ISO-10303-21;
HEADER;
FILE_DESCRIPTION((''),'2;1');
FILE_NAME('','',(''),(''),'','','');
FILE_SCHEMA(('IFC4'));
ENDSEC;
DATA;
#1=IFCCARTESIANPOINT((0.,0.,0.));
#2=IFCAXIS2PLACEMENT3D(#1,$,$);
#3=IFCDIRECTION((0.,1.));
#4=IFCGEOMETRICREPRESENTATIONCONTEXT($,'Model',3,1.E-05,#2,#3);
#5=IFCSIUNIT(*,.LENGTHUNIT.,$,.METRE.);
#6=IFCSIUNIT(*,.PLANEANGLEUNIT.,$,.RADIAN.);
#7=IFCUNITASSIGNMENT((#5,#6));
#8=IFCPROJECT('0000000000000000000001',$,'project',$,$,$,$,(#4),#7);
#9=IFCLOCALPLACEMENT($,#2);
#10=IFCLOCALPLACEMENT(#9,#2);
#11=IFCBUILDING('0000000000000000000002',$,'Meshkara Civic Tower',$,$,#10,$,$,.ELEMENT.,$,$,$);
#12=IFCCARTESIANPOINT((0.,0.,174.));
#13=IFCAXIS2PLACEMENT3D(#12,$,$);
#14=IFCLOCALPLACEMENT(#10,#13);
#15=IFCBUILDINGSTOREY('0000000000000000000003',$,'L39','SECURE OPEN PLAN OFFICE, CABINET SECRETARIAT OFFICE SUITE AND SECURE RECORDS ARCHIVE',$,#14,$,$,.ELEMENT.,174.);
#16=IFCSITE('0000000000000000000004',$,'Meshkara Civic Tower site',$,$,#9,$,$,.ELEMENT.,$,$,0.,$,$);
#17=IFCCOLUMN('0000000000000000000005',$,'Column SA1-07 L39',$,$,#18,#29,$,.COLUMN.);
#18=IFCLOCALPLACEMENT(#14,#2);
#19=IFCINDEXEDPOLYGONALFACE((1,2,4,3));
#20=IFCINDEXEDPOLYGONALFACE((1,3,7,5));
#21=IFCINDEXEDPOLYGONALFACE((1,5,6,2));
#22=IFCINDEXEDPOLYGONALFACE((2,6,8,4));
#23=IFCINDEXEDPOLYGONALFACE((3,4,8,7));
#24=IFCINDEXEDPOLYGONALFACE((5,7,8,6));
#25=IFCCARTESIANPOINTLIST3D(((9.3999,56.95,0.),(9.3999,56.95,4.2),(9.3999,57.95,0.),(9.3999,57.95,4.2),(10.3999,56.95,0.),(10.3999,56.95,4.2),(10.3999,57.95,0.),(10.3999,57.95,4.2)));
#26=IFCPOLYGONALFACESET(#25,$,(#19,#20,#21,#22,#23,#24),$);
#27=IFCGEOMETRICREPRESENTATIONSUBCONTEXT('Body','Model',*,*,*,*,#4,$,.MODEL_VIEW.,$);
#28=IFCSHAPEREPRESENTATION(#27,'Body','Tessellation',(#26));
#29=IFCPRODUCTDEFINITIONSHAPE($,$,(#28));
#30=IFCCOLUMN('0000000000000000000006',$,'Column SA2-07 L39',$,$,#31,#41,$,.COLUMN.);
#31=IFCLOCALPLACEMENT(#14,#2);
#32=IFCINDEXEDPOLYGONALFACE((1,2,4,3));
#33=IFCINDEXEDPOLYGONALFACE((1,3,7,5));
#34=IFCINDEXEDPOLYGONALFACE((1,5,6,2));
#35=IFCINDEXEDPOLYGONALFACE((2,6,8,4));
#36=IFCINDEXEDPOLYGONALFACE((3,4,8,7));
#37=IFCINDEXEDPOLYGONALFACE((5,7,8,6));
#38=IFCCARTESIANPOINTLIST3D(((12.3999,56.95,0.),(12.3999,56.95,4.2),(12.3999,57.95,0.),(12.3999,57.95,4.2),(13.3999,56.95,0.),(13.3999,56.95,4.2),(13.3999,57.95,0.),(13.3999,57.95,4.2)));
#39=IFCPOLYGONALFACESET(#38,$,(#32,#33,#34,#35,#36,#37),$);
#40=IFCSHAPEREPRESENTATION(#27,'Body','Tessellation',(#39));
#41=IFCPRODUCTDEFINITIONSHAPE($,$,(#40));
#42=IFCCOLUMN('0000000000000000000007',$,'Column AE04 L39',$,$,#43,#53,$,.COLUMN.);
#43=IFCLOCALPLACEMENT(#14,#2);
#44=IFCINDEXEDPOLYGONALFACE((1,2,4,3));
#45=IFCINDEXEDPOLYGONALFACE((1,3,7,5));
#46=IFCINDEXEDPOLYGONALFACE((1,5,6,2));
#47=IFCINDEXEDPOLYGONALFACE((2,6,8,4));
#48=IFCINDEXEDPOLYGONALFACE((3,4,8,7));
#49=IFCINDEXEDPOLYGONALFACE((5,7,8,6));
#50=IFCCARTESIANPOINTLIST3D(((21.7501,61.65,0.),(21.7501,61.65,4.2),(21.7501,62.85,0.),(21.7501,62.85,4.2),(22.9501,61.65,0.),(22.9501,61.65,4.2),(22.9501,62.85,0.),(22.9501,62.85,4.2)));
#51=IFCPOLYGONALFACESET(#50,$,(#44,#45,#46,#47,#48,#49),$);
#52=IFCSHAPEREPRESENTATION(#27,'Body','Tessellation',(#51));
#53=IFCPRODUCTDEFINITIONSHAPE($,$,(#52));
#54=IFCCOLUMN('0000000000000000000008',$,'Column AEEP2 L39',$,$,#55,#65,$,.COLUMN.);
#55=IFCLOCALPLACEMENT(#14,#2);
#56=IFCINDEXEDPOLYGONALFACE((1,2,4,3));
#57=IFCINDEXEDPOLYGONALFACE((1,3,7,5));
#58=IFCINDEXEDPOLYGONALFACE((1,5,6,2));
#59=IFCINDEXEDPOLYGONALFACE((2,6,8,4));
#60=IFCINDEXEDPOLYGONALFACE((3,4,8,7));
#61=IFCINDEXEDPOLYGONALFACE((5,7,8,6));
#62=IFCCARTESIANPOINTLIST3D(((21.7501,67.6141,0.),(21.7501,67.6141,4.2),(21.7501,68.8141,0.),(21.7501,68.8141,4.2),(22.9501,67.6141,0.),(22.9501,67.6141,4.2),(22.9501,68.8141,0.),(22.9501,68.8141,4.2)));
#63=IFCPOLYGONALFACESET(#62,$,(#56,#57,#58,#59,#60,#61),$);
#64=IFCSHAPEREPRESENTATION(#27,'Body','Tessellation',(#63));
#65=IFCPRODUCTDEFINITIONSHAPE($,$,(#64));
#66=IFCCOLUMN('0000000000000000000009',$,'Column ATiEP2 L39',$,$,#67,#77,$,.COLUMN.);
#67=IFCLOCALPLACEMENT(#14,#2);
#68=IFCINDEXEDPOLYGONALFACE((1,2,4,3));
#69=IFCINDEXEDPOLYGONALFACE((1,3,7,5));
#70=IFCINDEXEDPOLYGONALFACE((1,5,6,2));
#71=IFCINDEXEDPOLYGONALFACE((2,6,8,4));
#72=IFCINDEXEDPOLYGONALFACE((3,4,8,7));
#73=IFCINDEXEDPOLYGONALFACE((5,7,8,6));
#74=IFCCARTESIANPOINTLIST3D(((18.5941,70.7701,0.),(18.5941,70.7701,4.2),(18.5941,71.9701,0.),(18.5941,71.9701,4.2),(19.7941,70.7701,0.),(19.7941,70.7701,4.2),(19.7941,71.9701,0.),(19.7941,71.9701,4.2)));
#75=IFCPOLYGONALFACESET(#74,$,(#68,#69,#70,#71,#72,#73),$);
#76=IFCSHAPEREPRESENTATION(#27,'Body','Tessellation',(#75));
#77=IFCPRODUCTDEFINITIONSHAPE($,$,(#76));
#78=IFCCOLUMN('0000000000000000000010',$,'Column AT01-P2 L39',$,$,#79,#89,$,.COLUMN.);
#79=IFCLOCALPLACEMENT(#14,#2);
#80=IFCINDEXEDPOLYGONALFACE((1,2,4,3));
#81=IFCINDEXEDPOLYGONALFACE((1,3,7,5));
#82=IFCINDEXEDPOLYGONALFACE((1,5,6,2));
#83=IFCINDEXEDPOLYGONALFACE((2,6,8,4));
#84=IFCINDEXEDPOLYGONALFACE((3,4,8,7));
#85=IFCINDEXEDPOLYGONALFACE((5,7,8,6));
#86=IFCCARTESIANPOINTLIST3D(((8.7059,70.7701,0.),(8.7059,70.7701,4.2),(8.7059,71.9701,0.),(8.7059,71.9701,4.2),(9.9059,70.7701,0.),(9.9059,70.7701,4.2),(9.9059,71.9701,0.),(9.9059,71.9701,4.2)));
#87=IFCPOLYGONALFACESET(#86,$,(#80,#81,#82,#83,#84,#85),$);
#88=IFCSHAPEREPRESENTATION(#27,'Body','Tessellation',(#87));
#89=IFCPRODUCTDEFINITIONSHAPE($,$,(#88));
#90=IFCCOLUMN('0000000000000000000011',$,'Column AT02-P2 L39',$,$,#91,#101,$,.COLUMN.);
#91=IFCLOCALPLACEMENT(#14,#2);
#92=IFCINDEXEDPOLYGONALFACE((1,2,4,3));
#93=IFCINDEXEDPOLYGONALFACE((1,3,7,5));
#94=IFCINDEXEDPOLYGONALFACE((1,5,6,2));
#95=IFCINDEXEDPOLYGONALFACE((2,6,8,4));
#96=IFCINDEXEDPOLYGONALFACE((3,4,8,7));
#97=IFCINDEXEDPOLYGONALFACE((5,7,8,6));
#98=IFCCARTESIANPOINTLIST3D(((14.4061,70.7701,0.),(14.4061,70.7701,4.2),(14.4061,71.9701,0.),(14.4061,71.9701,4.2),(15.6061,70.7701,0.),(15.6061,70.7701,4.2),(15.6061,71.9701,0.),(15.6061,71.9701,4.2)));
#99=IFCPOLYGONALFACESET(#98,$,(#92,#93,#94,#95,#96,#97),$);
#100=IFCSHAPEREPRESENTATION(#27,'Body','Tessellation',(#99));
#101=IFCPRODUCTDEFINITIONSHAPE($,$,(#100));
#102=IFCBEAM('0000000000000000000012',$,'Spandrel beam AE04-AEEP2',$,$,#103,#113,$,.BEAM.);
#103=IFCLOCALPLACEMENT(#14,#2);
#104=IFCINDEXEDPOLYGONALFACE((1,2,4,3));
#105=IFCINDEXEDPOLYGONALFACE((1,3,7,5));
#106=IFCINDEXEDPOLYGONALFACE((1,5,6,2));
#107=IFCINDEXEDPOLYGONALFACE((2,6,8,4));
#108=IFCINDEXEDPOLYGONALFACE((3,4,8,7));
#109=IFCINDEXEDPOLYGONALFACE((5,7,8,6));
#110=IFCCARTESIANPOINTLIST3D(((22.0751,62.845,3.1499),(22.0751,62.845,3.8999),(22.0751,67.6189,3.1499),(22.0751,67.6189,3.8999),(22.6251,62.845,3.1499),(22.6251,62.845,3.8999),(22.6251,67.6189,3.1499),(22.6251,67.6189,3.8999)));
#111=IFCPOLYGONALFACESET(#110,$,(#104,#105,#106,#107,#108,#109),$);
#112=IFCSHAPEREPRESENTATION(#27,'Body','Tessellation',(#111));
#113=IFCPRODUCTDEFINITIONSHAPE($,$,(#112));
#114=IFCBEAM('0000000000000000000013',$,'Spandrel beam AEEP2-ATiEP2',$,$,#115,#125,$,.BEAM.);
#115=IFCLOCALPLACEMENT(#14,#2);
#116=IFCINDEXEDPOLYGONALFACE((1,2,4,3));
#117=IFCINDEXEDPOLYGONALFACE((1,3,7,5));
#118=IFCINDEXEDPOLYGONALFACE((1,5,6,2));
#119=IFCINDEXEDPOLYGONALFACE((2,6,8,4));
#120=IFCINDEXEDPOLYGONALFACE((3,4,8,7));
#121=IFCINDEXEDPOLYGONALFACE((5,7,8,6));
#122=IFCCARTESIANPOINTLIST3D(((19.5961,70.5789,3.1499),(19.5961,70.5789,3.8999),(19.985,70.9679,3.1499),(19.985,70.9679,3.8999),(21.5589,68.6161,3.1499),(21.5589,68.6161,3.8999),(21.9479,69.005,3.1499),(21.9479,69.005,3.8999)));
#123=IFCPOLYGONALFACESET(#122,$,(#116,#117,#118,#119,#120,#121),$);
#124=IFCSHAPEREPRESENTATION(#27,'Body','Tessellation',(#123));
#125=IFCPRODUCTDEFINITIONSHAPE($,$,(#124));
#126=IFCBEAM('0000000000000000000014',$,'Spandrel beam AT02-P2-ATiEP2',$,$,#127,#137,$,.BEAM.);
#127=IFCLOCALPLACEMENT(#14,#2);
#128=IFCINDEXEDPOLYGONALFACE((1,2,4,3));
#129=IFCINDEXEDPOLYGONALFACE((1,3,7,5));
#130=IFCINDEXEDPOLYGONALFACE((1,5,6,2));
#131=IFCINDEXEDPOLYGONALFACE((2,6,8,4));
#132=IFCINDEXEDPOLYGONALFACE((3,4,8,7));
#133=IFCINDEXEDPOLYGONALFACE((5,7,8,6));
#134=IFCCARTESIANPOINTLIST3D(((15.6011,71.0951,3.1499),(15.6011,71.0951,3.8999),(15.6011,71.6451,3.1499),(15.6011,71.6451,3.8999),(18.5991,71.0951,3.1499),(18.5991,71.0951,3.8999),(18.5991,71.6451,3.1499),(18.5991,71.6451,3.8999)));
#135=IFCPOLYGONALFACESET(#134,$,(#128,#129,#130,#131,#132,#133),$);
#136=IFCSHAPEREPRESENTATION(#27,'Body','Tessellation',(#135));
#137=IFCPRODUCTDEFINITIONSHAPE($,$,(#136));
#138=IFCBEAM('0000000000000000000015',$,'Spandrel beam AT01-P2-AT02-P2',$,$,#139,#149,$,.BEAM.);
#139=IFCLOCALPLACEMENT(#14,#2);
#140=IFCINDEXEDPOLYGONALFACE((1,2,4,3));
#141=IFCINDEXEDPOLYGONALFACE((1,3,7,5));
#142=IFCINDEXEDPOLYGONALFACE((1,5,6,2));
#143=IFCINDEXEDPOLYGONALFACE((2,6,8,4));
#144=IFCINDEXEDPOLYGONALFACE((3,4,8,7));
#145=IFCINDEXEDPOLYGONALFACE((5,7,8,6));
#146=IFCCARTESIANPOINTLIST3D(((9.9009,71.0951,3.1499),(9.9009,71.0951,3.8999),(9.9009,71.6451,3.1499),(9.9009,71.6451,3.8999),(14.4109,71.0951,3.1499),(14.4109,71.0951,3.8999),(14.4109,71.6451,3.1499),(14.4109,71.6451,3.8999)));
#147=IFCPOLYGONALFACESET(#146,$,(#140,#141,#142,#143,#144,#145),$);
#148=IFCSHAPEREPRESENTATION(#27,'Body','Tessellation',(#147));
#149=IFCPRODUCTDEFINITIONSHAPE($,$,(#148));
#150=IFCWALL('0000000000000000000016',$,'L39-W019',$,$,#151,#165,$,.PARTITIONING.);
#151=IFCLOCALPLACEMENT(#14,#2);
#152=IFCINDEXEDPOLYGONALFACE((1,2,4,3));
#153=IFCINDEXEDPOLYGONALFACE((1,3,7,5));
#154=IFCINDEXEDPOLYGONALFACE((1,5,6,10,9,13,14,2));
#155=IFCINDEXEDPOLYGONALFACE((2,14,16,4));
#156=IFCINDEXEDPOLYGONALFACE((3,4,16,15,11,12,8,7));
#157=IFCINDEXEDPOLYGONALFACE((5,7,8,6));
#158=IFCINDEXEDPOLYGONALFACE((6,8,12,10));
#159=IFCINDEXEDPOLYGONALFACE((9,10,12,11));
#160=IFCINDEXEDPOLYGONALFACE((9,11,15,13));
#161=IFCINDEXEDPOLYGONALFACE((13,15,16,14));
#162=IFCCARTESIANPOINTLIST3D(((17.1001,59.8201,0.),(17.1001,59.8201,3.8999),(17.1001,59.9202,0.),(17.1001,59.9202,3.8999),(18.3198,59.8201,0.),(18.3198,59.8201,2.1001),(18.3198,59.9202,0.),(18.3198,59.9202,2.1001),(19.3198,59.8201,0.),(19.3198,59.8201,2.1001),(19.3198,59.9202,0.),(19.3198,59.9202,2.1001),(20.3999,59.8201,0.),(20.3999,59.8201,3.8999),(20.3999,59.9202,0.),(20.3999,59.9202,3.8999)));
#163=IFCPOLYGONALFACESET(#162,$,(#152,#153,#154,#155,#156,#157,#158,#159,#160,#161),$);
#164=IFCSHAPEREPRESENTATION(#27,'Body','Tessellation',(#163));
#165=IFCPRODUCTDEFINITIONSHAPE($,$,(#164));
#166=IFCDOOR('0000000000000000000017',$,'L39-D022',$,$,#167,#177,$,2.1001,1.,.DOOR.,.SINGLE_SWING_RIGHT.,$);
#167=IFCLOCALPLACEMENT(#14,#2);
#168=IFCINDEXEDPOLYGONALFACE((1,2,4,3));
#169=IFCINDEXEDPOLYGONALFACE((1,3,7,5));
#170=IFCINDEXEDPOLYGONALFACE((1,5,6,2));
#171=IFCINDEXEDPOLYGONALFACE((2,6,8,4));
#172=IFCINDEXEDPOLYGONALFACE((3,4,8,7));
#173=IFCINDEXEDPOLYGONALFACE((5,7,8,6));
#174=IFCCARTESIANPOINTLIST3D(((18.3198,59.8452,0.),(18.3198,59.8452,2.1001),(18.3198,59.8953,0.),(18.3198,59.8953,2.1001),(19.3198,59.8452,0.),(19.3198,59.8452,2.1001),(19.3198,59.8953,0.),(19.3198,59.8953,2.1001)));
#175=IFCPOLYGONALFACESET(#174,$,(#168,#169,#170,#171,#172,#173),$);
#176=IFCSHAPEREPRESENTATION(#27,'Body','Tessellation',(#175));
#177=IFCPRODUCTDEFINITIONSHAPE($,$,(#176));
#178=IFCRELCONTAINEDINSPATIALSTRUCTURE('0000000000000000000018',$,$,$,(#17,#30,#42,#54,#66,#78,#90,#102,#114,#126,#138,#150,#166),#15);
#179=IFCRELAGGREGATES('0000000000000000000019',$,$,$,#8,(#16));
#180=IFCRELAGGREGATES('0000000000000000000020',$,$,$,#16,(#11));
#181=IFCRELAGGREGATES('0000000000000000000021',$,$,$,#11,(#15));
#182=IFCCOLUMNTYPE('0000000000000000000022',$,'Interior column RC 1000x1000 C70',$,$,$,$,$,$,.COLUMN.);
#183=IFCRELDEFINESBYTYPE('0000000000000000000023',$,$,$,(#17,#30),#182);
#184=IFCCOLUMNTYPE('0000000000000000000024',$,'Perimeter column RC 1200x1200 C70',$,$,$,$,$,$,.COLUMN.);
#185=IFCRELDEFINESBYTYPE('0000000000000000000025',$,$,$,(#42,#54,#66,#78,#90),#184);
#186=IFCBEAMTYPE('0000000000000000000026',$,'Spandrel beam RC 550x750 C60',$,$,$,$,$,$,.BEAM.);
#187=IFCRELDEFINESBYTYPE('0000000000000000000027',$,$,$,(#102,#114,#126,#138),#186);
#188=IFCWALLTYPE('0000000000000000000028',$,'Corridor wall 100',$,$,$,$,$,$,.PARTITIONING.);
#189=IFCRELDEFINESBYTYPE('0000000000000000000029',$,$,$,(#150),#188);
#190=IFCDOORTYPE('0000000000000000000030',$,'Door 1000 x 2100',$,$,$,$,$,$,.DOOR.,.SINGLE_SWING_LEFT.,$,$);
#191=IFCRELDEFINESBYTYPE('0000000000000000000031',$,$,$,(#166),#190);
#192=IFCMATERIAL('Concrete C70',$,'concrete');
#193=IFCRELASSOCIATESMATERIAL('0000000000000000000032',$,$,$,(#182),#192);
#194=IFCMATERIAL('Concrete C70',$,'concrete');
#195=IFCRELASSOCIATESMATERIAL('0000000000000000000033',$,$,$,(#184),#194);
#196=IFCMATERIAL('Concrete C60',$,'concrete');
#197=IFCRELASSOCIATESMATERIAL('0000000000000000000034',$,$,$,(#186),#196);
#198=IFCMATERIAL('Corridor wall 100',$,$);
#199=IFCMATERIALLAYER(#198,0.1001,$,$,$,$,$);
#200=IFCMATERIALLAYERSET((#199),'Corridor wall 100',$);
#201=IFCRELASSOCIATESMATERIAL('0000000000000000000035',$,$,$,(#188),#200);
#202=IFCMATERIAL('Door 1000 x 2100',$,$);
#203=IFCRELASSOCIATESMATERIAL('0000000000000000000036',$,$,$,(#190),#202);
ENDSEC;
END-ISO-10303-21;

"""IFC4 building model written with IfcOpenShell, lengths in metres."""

from ifc_helpers import new_model, si_unit, direction, frame, frame_2d, origin, origin_2d, place, context, subcontext, project, spatial, rectangle, extrude, material, layer, layer_set, material_profile, profile_set, type_object, element, fill, save


model = new_model("IFC4")

# Units and contexts
model_context = context("Model", 3, precision=1e-05, world=origin(), true_north=direction((0.0, 1.0)))
body_context = subcontext(model_context, "Body", "Model", "MODEL_VIEW")
ifc_project = project(units=[si_unit("LENGTHUNIT", "METRE"), si_unit("PLANEANGLEUNIT", "RADIAN")], contexts=[model_context])

# Site, building, storey
site_placement = place(None, origin())
site = spatial("IfcSite", under=ifc_project, at=site_placement, Name="Meshkara Civic Tower site", CompositionType="ELEMENT", RefElevation=0.0)
building_placement = place(site_placement, origin())
building = spatial("IfcBuilding", under=site, at=building_placement, Name="Meshkara Civic Tower", CompositionType="ELEMENT")
storey_placement = place(building_placement, frame((0.0, 0.0, 174.0)))
storey = spatial("IfcBuildingStorey", under=building, at=storey_placement, Name="L39", Description="SECURE OPEN PLAN OFFICE, CABINET SECRETARIAT OFFICE SUITE AND SECURE RECORDS ARCHIVE", CompositionType="ELEMENT", Elevation=174.0)

# Columns
ifc_material_1 = material(Name="Concrete C70", Category="concrete")
ifc_material_profile_1 = material_profile(ifc_material_1, rectangle(XDim=1.0, YDim=1.0, at=origin_2d()))
ifc_profile_set_1 = profile_set([ifc_material_profile_1], Name="Concrete C70")
column_type_1 = type_object("IfcColumnType", Name="Interior column RC 1000x1000 C70", PredefinedType="COLUMN", material=ifc_profile_set_1)
for number, where, z_axis, x_axis, name in (
    (1, (9.8999, 57.45, 0.0), (0.0, 0.0, 1.0), (1.0, 0.0, 0.0), "Column SA1-07 L39"),
    (2, (12.8999, 57.45, 0.0), (0.0, 0.0, 1.0), (1.0, 0.0, 0.0), "Column SA2-07 L39"),
):
    element("IfcColumn", number, at=place(storey_placement, frame(where, z_axis=z_axis, x_axis=x_axis)), inside=storey, type_object=column_type_1, Name=name, PredefinedType="COLUMN", context=body_context, shape_type="SweptSolid", body=[
        extrude(rectangle(XDim=1.0, YDim=1.0, at=origin_2d()), origin(), (0.0, 0.0, 1.0), 4.2),
    ])
ifc_material_2 = material(Name="Concrete C70", Category="concrete")
ifc_material_profile_2 = material_profile(ifc_material_2, rectangle(XDim=1.2, YDim=1.2, at=origin_2d()))
ifc_profile_set_2 = profile_set([ifc_material_profile_2], Name="Concrete C70")
column_type_2 = type_object("IfcColumnType", Name="Perimeter column RC 1200x1200 C70", PredefinedType="COLUMN", material=ifc_profile_set_2)
for number, where, z_axis, x_axis, name in (
    (3, (22.3501, 62.25, 0.0), (0.0, 0.0, 1.0), (1.0, 0.0, 0.0), "Column AE04 L39"),
    (4, (22.3501, 68.2141, 0.0), (0.0, 0.0, 1.0), (1.0, 0.0, 0.0), "Column AEEP2 L39"),
    (5, (19.1941, 71.3701, 0.0), (0.0, 0.0, 1.0), (1.0, 0.0, 0.0), "Column ATiEP2 L39"),
    (6, (9.3059, 71.3701, 0.0), (0.0, 0.0, 1.0), (1.0, 0.0, 0.0), "Column AT01-P2 L39"),
    (7, (15.0061, 71.3701, 0.0), (0.0, 0.0, 1.0), (1.0, 0.0, 0.0), "Column AT02-P2 L39"),
):
    element("IfcColumn", number, at=place(storey_placement, frame(where, z_axis=z_axis, x_axis=x_axis)), inside=storey, type_object=column_type_2, Name=name, PredefinedType="COLUMN", context=body_context, shape_type="SweptSolid", body=[
        extrude(rectangle(XDim=1.2, YDim=1.2, at=origin_2d()), origin(), (0.0, 0.0, 1.0), 4.2),
    ])

# Beams
ifc_material_3 = material(Name="Concrete C60", Category="concrete")
ifc_material_profile_3 = material_profile(ifc_material_3, rectangle(XDim=0.55, YDim=0.75, at=origin_2d()))
ifc_profile_set_3 = profile_set([ifc_material_profile_3], Name="Concrete C60")
beam_type = type_object("IfcBeamType", Name="Spandrel beam RC 550x750 C60", PredefinedType="BEAM", material=ifc_profile_set_3)
beam_1_placement = place(storey_placement, frame((22.3501, 62.845, 3.5249), z_axis=(0.0, 1.0, 0.0), x_axis=(-1.0, 0.0, 0.0)))
element("IfcBeam", 8, at=beam_1_placement, inside=storey, type_object=beam_type, Name="Spandrel beam AE04-AEEP2", PredefinedType="BEAM", context=body_context, shape_type="SweptSolid", body=[
    extrude(rectangle(XDim=0.55, YDim=0.75, at=origin_2d()), origin(), (0.0, 0.0, 1.0), 4.7739),
])
beam_2_placement = place(storey_placement, frame((21.7534, 68.8105, 3.5249), z_axis=(-0.707107, 0.707107, 0.0), x_axis=(-0.707107, -0.707107, 0.0)))
element("IfcBeam", 9, at=beam_2_placement, inside=storey, type_object=beam_type, Name="Spandrel beam AEEP2-ATiEP2", PredefinedType="BEAM", context=body_context, shape_type="SweptSolid", body=[
    extrude(rectangle(XDim=0.55, YDim=0.75, at=origin_2d()), origin(), (0.0, 0.0, 1.0), 2.7759),
])
beam_3_placement = place(storey_placement, frame((18.5991, 71.3701, 3.5249), z_axis=(-1.0, 0.0, 0.0), x_axis=(0.0, -1.0, 0.0)))
element("IfcBeam", 10, at=beam_3_placement, inside=storey, type_object=beam_type, Name="Spandrel beam AT02-P2-ATiEP2", PredefinedType="BEAM", context=body_context, shape_type="SweptSolid", body=[
    extrude(rectangle(XDim=0.55, YDim=0.75, at=origin_2d()), origin(), (0.0, 0.0, 1.0), 2.998),
])
beam_4_placement = place(storey_placement, frame((14.4109, 71.3701, 3.5249), z_axis=(-1.0, 0.0, 0.0), x_axis=(0.0, -1.0, 0.0)))
element("IfcBeam", 11, at=beam_4_placement, inside=storey, type_object=beam_type, Name="Spandrel beam AT01-P2-AT02-P2", PredefinedType="BEAM", context=body_context, shape_type="SweptSolid", body=[
    extrude(rectangle(XDim=0.55, YDim=0.75, at=origin_2d()), origin(), (0.0, 0.0, 1.0), 4.51),
])

# Wall, opening, door
ifc_material_4 = material(Name="Corridor wall 100")
ifc_layer_1 = layer(ifc_material_4, 0.1001)
ifc_layer_set_1 = layer_set([ifc_layer_1], Name="Corridor wall 100")
wall_type_1 = type_object("IfcWallType", Name="Corridor wall 100", PredefinedType="PARTITIONING", material=ifc_layer_set_1)
wall_1_placement = place(storey_placement, frame((20.3999, 59.8701, 0.0), z_axis=(0.0, 0.0, 1.0), x_axis=(-1.0, 0.0, 0.0)))
wall_1 = element("IfcWall", 12, at=wall_1_placement, inside=storey, type_object=wall_type_1, Name="L39-W019", PredefinedType="PARTITIONING", context=body_context, shape_type="SweptSolid", body=[
    extrude(rectangle(XDim=3.2998, YDim=0.1001, at=frame_2d((1.6499, 0.0))), origin(), (0.0, 0.0, 1.0), 3.8999),
])
opening_1_placement = place(wall_1_placement, frame((1.0801, 0.0, 0.0)))
opening_1 = element("IfcOpeningElement", 13, at=opening_1_placement, cuts=wall_1, PredefinedType="OPENING", context=body_context, shape_type="SweptSolid", body=[
    extrude(rectangle(XDim=1.0, YDim=2.1001, at=frame_2d((0.5, 1.05))), frame((0.0, 0.0601, 0.0), z_axis=(0.0, -1.0, 0.0), x_axis=(1.0, 0.0, 0.0)), (0.0, 0.0, 1.0), 0.1201),
])
ifc_material_5 = material(Name="Door 1000 x 2100")
door_type_1 = type_object("IfcDoorType", Name="Door 1000 x 2100", OperationType="SINGLE_SWING_LEFT", PredefinedType="DOOR", material=ifc_material_5)
door_1_placement = place(opening_1_placement, origin())
door_1 = element("IfcDoor", 14, at=door_1_placement, inside=storey, type_object=door_type_1, Name="L39-D022", OperationType="SINGLE_SWING_RIGHT", OverallHeight=2.1001, OverallWidth=1.0, PredefinedType="DOOR", context=body_context, shape_type="SweptSolid", body=[
    extrude(rectangle(XDim=1.0, YDim=2.1001, at=frame_2d((0.5, 1.05))), frame((0.0, 0.0249, 0.0), z_axis=(0.0, -1.0, 0.0), x_axis=(1.0, 0.0, 0.0)), (0.0, 0.0, 1.0), 0.05),
])
fill(opening_1, door_1)

save(model, "model.ifc")
